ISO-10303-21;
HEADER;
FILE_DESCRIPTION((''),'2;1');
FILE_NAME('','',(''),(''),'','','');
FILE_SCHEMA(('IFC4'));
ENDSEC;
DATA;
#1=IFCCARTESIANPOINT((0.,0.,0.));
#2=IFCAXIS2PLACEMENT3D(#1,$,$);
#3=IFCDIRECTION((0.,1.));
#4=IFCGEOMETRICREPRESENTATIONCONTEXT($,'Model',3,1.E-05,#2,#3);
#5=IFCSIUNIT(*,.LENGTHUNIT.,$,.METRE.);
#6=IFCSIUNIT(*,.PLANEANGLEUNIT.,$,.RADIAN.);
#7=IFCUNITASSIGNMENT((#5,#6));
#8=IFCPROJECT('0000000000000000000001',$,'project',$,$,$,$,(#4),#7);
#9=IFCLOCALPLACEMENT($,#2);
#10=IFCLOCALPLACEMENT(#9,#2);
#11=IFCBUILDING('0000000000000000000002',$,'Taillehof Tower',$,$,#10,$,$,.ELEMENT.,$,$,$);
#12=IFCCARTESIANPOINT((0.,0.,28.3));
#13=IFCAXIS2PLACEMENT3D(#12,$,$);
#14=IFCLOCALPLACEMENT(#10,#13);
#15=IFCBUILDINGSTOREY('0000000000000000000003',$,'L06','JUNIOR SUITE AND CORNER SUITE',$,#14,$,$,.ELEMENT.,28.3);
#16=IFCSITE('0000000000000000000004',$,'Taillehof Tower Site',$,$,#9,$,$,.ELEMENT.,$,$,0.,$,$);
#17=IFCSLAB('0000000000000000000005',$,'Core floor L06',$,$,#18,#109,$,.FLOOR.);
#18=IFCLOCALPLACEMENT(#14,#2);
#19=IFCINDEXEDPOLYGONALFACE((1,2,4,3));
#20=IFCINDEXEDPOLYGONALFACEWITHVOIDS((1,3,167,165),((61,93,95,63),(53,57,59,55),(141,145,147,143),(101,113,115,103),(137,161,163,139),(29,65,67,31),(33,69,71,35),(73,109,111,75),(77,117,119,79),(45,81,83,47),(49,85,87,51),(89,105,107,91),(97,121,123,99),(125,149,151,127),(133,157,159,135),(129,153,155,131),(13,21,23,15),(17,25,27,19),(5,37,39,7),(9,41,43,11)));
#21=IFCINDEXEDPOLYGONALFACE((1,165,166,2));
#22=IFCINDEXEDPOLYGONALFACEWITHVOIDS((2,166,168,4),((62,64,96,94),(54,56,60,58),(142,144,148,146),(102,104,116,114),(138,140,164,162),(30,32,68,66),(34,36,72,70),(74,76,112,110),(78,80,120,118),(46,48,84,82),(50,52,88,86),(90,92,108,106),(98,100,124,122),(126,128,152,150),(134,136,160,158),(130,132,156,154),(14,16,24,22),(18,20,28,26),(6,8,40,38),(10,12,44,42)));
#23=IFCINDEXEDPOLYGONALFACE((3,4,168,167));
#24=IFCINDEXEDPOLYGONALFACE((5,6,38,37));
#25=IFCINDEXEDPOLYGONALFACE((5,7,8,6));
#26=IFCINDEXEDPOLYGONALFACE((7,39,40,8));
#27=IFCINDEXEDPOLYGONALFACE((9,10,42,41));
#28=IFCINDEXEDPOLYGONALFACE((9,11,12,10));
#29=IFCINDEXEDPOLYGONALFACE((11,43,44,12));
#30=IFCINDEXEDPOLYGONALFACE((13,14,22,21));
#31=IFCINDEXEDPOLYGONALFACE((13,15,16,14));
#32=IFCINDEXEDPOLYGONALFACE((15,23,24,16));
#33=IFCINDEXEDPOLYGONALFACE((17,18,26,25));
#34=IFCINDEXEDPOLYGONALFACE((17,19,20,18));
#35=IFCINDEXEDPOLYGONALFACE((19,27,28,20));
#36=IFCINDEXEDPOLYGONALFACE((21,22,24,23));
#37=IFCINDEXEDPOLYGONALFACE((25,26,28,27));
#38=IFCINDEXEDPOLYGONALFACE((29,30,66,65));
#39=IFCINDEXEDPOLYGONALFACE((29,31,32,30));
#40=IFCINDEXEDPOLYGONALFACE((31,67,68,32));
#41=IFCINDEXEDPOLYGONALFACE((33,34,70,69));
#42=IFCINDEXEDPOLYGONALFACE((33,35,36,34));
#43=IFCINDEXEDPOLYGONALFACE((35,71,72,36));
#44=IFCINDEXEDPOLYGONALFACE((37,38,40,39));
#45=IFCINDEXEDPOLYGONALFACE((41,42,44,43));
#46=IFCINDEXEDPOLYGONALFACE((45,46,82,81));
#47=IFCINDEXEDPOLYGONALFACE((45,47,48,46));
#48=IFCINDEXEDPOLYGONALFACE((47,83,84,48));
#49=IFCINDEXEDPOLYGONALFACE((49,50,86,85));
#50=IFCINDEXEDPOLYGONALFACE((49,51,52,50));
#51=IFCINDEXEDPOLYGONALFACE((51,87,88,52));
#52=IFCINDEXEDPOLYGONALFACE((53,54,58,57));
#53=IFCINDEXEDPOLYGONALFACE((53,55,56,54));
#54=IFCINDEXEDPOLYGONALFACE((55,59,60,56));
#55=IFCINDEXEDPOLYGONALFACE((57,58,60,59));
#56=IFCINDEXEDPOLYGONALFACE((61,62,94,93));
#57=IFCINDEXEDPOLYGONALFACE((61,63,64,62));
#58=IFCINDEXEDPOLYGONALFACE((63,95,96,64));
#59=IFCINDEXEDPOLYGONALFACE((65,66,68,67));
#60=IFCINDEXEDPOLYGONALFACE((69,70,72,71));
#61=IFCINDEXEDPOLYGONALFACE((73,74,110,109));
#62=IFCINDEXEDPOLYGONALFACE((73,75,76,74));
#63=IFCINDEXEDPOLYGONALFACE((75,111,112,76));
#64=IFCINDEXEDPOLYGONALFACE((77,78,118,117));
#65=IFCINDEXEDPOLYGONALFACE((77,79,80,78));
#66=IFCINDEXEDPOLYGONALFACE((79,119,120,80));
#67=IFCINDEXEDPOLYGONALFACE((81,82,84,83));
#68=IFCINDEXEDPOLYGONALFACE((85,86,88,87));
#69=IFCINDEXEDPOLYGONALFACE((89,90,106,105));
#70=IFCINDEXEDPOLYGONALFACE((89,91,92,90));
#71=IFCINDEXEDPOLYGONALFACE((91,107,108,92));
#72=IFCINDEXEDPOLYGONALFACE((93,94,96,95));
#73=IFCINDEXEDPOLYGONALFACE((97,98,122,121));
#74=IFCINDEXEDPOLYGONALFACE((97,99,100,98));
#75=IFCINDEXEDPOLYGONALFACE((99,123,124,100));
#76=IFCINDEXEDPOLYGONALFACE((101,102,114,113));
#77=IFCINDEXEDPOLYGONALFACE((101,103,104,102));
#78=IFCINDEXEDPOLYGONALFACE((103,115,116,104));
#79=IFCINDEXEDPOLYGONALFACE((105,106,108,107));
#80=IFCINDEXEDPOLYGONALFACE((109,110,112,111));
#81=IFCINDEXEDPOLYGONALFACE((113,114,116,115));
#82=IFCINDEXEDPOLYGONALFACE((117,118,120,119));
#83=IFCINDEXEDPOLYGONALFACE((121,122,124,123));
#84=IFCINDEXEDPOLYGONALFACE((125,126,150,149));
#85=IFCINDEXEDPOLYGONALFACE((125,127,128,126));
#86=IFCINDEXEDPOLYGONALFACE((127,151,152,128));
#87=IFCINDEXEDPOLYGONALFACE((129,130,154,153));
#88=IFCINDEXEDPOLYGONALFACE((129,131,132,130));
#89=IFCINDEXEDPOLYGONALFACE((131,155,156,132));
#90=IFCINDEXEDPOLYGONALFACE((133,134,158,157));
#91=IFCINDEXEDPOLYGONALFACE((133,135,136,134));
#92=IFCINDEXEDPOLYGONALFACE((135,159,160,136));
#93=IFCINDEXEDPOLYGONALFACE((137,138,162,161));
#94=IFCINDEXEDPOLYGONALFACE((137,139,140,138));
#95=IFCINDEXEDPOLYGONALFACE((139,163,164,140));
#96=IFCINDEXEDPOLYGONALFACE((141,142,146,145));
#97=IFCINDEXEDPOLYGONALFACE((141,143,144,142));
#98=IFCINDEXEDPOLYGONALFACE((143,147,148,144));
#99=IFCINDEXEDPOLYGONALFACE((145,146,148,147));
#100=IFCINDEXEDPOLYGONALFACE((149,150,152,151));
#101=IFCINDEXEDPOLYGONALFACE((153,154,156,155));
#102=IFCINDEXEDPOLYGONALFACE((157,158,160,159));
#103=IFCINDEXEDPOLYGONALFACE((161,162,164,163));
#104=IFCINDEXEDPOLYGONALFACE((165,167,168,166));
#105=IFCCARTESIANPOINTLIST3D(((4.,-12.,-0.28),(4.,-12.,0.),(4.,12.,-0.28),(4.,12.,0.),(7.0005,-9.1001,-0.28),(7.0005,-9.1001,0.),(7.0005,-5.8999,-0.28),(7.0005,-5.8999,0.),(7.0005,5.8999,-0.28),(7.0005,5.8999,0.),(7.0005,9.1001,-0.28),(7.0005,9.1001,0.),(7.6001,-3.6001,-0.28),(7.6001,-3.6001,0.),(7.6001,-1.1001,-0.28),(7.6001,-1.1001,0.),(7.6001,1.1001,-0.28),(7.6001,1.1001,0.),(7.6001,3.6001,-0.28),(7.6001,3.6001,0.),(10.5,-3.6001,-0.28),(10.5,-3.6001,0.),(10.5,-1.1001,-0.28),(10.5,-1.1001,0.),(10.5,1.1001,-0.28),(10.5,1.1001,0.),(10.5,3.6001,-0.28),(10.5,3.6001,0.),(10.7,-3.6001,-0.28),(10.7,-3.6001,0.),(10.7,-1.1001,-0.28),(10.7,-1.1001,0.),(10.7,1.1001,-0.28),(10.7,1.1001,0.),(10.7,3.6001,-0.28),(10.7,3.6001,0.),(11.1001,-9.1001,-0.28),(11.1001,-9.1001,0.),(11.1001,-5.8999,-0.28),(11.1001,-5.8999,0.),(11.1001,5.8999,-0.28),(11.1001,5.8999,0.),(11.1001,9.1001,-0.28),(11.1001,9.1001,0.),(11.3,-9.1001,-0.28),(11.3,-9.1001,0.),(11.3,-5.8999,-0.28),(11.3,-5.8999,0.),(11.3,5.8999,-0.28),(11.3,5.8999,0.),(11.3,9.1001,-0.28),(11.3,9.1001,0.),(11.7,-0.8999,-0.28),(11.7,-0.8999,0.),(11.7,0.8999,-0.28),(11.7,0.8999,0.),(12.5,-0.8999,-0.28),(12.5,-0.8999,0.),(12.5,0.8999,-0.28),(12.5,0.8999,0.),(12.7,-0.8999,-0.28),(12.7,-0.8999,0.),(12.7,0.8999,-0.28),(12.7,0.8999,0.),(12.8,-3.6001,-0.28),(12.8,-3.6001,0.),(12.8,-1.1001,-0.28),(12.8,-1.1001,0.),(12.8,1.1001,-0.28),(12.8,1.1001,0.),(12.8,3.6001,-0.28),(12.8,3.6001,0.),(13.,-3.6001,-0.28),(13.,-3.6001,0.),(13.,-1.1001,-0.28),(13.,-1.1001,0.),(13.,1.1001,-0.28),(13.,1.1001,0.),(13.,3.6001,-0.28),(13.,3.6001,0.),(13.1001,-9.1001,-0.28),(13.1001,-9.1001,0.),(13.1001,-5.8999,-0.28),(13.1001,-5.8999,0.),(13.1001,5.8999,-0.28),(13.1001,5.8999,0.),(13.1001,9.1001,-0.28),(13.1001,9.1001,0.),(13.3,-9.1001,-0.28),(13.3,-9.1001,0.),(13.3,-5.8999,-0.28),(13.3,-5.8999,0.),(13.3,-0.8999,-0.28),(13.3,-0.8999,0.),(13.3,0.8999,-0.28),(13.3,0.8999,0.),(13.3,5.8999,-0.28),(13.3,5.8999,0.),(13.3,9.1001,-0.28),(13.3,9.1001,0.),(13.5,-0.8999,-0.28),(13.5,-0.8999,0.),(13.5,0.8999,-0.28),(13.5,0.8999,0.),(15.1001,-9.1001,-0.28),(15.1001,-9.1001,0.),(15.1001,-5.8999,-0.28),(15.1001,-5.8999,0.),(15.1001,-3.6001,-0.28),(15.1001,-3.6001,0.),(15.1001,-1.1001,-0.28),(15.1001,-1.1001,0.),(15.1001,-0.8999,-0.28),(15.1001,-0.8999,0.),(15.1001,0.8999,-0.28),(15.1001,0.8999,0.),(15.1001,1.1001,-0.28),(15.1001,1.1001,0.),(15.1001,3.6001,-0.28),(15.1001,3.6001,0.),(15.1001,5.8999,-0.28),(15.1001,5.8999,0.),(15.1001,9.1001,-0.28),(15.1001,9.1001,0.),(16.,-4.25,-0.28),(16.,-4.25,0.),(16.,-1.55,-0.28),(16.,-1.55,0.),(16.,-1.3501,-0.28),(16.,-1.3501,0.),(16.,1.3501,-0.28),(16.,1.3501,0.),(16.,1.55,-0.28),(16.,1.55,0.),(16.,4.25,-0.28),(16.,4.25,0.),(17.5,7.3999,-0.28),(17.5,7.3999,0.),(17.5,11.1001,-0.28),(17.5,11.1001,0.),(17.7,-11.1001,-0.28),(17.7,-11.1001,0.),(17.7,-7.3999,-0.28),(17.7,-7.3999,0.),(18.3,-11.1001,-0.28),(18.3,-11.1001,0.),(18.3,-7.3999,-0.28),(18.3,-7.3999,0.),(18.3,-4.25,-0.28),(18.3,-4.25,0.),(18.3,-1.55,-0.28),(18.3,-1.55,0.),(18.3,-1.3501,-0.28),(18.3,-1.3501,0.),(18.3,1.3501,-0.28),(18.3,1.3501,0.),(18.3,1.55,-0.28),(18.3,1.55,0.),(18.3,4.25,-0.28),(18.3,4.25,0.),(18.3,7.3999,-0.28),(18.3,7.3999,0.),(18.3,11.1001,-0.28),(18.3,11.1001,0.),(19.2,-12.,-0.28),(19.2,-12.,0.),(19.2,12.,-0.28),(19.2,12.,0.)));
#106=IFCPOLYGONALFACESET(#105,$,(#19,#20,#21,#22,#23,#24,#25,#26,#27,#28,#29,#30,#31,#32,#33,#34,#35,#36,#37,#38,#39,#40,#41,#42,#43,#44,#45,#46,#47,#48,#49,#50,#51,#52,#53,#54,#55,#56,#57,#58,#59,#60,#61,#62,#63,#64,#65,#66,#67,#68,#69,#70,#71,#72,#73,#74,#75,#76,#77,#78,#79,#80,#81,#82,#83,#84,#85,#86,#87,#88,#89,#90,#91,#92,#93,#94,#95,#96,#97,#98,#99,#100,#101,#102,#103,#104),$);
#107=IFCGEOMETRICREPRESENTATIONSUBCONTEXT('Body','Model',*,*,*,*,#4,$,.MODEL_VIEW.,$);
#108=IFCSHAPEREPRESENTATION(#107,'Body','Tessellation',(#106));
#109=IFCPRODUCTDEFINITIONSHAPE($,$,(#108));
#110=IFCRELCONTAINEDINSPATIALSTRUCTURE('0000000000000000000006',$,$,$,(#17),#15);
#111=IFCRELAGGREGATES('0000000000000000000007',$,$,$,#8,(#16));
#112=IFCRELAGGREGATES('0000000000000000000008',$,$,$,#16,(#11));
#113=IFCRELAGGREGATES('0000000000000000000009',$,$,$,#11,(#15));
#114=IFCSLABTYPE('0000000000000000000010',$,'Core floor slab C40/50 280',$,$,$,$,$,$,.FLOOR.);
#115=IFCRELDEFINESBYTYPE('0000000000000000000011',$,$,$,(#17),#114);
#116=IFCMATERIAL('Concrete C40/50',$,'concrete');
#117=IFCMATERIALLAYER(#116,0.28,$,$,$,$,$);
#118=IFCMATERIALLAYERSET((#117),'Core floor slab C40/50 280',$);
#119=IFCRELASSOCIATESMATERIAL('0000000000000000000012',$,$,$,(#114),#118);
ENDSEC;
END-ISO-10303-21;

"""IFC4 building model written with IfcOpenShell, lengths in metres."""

from ifc_helpers import new_model, si_unit, direction, frame, origin, place, context, subcontext, project, spatial, polyline, outline, extrude, material, layer, layer_set, type_object, element, save


model = new_model("IFC4")

# Units and contexts
model_context = context("Model", 3, precision=1e-05, world=origin(), true_north=direction((0.0, 1.0)))
body_context = subcontext(model_context, "Body", "Model", "MODEL_VIEW")
ifc_project = project(units=[si_unit("LENGTHUNIT", "METRE"), si_unit("PLANEANGLEUNIT", "RADIAN")], contexts=[model_context])

# Site, building, storey
site_placement = place(None, origin())
site = spatial("IfcSite", under=ifc_project, at=site_placement, Name="Taillehof Tower Site", CompositionType="ELEMENT", RefElevation=0.0)
building_placement = place(site_placement, origin())
building = spatial("IfcBuilding", under=site, at=building_placement, Name="Taillehof Tower", CompositionType="ELEMENT")
storey_placement = place(building_placement, frame((0.0, 0.0, 28.3)))
storey = spatial("IfcBuildingStorey", under=building, at=storey_placement, Name="L06", Description="JUNIOR SUITE AND CORNER SUITE", CompositionType="ELEMENT", Elevation=28.3)

# Slab
ifc_material_1 = material(Name="Concrete C40/50", Category="concrete")
ifc_layer_1 = layer(ifc_material_1, 0.28)
ifc_layer_set_1 = layer_set([ifc_layer_1], Name="Core floor slab C40/50 280")
slab_type_1 = type_object("IfcSlabType", Name="Core floor slab C40/50 280", PredefinedType="FLOOR", material=ifc_layer_set_1)
slab_1_placement = place(storey_placement, frame((0.0, 0.0, -0.28)))
element("IfcSlab", 1, at=slab_1_placement, inside=storey, type_object=slab_type_1, Name="Core floor L06", PredefinedType="FLOOR", context=body_context, shape_type="SweptSolid", body=[
    extrude(outline(polyline([(4.0, -12.0), (4.0, 12.0), (19.2, 12.0), (19.2, -12.0), (4.0, -12.0)]), holes=[polyline([(7.0005, -9.1001), (11.1001, -9.1001), (11.1001, -5.8999), (7.0005, -5.8999), (7.0005, -9.1001)]), polyline([(13.1001, -9.1001), (13.1001, -5.8999), (11.3, -5.8999), (11.3, -9.1001), (13.1001, -9.1001)]), polyline([(10.5, -3.6001), (10.5, -1.1001), (7.6001, -1.1001), (7.6001, -3.6001), (10.5, -3.6001)]), polyline([(10.7, -3.6001), (12.8, -3.6001), (12.8, -1.1001), (10.7, -1.1001), (10.7, -3.6001)]), polyline([(11.7, -0.8999), (12.5, -0.8999), (12.5, 0.8999), (11.7, 0.8999), (11.7, -0.8999)]), polyline([(13.3, -0.8999), (13.3, 0.8999), (12.7, 0.8999), (12.7, -0.8999), (13.3, -0.8999)]), polyline([(10.5, 1.1001), (10.5, 3.6001), (7.6001, 3.6001), (7.6001, 1.1001), (10.5, 1.1001)]), polyline([(12.8, 1.1001), (12.8, 3.6001), (10.7, 3.6001), (10.7, 1.1001), (12.8, 1.1001)]), polyline([(11.3, 5.8999), (13.1001, 5.8999), (13.1001, 9.1001), (11.3, 9.1001), (11.3, 5.8999)]), polyline([(7.0005, 5.8999), (11.1001, 5.8999), (11.1001, 9.1001), (7.0005, 9.1001), (7.0005, 5.8999)]), polyline([(18.3, -11.1001), (18.3, -7.3999), (17.7, -7.3999), (17.7, -11.1001), (18.3, -11.1001)]), polyline([(15.1001, -9.1001), (15.1001, -5.8999), (13.3, -5.8999), (13.3, -9.1001), (15.1001, -9.1001)]), polyline([(18.3, -4.25), (18.3, -1.55), (16.0, -1.55), (16.0, -4.25), (18.3, -4.25)]), polyline([(13.0, -3.6001), (15.1001, -3.6001), (15.1001, -1.1001), (13.0, -1.1001), (13.0, -3.6001)]), polyline([(13.5, -0.8999), (15.1001, -0.8999), (15.1001, 0.8999), (13.5, 0.8999), (13.5, -0.8999)]), polyline([(18.3, -1.3501), (18.3, 1.3501), (16.0, 1.3501), (16.0, -1.3501), (18.3, -1.3501)]), polyline([(15.1001, 1.1001), (15.1001, 3.6001), (13.0, 3.6001), (13.0, 1.1001), (15.1001, 1.1001)]), polyline([(18.3, 1.55), (18.3, 4.25), (16.0, 4.25), (16.0, 1.55), (18.3, 1.55)]), polyline([(13.3, 5.8999), (15.1001, 5.8999), (15.1001, 9.1001), (13.3, 9.1001), (13.3, 5.8999)]), polyline([(17.5, 7.3999), (18.3, 7.3999), (18.3, 11.1001), (17.5, 11.1001), (17.5, 7.3999)])]), origin(), (0.0, 0.0, 1.0), 0.28),
])

save(model, "model.ifc")
